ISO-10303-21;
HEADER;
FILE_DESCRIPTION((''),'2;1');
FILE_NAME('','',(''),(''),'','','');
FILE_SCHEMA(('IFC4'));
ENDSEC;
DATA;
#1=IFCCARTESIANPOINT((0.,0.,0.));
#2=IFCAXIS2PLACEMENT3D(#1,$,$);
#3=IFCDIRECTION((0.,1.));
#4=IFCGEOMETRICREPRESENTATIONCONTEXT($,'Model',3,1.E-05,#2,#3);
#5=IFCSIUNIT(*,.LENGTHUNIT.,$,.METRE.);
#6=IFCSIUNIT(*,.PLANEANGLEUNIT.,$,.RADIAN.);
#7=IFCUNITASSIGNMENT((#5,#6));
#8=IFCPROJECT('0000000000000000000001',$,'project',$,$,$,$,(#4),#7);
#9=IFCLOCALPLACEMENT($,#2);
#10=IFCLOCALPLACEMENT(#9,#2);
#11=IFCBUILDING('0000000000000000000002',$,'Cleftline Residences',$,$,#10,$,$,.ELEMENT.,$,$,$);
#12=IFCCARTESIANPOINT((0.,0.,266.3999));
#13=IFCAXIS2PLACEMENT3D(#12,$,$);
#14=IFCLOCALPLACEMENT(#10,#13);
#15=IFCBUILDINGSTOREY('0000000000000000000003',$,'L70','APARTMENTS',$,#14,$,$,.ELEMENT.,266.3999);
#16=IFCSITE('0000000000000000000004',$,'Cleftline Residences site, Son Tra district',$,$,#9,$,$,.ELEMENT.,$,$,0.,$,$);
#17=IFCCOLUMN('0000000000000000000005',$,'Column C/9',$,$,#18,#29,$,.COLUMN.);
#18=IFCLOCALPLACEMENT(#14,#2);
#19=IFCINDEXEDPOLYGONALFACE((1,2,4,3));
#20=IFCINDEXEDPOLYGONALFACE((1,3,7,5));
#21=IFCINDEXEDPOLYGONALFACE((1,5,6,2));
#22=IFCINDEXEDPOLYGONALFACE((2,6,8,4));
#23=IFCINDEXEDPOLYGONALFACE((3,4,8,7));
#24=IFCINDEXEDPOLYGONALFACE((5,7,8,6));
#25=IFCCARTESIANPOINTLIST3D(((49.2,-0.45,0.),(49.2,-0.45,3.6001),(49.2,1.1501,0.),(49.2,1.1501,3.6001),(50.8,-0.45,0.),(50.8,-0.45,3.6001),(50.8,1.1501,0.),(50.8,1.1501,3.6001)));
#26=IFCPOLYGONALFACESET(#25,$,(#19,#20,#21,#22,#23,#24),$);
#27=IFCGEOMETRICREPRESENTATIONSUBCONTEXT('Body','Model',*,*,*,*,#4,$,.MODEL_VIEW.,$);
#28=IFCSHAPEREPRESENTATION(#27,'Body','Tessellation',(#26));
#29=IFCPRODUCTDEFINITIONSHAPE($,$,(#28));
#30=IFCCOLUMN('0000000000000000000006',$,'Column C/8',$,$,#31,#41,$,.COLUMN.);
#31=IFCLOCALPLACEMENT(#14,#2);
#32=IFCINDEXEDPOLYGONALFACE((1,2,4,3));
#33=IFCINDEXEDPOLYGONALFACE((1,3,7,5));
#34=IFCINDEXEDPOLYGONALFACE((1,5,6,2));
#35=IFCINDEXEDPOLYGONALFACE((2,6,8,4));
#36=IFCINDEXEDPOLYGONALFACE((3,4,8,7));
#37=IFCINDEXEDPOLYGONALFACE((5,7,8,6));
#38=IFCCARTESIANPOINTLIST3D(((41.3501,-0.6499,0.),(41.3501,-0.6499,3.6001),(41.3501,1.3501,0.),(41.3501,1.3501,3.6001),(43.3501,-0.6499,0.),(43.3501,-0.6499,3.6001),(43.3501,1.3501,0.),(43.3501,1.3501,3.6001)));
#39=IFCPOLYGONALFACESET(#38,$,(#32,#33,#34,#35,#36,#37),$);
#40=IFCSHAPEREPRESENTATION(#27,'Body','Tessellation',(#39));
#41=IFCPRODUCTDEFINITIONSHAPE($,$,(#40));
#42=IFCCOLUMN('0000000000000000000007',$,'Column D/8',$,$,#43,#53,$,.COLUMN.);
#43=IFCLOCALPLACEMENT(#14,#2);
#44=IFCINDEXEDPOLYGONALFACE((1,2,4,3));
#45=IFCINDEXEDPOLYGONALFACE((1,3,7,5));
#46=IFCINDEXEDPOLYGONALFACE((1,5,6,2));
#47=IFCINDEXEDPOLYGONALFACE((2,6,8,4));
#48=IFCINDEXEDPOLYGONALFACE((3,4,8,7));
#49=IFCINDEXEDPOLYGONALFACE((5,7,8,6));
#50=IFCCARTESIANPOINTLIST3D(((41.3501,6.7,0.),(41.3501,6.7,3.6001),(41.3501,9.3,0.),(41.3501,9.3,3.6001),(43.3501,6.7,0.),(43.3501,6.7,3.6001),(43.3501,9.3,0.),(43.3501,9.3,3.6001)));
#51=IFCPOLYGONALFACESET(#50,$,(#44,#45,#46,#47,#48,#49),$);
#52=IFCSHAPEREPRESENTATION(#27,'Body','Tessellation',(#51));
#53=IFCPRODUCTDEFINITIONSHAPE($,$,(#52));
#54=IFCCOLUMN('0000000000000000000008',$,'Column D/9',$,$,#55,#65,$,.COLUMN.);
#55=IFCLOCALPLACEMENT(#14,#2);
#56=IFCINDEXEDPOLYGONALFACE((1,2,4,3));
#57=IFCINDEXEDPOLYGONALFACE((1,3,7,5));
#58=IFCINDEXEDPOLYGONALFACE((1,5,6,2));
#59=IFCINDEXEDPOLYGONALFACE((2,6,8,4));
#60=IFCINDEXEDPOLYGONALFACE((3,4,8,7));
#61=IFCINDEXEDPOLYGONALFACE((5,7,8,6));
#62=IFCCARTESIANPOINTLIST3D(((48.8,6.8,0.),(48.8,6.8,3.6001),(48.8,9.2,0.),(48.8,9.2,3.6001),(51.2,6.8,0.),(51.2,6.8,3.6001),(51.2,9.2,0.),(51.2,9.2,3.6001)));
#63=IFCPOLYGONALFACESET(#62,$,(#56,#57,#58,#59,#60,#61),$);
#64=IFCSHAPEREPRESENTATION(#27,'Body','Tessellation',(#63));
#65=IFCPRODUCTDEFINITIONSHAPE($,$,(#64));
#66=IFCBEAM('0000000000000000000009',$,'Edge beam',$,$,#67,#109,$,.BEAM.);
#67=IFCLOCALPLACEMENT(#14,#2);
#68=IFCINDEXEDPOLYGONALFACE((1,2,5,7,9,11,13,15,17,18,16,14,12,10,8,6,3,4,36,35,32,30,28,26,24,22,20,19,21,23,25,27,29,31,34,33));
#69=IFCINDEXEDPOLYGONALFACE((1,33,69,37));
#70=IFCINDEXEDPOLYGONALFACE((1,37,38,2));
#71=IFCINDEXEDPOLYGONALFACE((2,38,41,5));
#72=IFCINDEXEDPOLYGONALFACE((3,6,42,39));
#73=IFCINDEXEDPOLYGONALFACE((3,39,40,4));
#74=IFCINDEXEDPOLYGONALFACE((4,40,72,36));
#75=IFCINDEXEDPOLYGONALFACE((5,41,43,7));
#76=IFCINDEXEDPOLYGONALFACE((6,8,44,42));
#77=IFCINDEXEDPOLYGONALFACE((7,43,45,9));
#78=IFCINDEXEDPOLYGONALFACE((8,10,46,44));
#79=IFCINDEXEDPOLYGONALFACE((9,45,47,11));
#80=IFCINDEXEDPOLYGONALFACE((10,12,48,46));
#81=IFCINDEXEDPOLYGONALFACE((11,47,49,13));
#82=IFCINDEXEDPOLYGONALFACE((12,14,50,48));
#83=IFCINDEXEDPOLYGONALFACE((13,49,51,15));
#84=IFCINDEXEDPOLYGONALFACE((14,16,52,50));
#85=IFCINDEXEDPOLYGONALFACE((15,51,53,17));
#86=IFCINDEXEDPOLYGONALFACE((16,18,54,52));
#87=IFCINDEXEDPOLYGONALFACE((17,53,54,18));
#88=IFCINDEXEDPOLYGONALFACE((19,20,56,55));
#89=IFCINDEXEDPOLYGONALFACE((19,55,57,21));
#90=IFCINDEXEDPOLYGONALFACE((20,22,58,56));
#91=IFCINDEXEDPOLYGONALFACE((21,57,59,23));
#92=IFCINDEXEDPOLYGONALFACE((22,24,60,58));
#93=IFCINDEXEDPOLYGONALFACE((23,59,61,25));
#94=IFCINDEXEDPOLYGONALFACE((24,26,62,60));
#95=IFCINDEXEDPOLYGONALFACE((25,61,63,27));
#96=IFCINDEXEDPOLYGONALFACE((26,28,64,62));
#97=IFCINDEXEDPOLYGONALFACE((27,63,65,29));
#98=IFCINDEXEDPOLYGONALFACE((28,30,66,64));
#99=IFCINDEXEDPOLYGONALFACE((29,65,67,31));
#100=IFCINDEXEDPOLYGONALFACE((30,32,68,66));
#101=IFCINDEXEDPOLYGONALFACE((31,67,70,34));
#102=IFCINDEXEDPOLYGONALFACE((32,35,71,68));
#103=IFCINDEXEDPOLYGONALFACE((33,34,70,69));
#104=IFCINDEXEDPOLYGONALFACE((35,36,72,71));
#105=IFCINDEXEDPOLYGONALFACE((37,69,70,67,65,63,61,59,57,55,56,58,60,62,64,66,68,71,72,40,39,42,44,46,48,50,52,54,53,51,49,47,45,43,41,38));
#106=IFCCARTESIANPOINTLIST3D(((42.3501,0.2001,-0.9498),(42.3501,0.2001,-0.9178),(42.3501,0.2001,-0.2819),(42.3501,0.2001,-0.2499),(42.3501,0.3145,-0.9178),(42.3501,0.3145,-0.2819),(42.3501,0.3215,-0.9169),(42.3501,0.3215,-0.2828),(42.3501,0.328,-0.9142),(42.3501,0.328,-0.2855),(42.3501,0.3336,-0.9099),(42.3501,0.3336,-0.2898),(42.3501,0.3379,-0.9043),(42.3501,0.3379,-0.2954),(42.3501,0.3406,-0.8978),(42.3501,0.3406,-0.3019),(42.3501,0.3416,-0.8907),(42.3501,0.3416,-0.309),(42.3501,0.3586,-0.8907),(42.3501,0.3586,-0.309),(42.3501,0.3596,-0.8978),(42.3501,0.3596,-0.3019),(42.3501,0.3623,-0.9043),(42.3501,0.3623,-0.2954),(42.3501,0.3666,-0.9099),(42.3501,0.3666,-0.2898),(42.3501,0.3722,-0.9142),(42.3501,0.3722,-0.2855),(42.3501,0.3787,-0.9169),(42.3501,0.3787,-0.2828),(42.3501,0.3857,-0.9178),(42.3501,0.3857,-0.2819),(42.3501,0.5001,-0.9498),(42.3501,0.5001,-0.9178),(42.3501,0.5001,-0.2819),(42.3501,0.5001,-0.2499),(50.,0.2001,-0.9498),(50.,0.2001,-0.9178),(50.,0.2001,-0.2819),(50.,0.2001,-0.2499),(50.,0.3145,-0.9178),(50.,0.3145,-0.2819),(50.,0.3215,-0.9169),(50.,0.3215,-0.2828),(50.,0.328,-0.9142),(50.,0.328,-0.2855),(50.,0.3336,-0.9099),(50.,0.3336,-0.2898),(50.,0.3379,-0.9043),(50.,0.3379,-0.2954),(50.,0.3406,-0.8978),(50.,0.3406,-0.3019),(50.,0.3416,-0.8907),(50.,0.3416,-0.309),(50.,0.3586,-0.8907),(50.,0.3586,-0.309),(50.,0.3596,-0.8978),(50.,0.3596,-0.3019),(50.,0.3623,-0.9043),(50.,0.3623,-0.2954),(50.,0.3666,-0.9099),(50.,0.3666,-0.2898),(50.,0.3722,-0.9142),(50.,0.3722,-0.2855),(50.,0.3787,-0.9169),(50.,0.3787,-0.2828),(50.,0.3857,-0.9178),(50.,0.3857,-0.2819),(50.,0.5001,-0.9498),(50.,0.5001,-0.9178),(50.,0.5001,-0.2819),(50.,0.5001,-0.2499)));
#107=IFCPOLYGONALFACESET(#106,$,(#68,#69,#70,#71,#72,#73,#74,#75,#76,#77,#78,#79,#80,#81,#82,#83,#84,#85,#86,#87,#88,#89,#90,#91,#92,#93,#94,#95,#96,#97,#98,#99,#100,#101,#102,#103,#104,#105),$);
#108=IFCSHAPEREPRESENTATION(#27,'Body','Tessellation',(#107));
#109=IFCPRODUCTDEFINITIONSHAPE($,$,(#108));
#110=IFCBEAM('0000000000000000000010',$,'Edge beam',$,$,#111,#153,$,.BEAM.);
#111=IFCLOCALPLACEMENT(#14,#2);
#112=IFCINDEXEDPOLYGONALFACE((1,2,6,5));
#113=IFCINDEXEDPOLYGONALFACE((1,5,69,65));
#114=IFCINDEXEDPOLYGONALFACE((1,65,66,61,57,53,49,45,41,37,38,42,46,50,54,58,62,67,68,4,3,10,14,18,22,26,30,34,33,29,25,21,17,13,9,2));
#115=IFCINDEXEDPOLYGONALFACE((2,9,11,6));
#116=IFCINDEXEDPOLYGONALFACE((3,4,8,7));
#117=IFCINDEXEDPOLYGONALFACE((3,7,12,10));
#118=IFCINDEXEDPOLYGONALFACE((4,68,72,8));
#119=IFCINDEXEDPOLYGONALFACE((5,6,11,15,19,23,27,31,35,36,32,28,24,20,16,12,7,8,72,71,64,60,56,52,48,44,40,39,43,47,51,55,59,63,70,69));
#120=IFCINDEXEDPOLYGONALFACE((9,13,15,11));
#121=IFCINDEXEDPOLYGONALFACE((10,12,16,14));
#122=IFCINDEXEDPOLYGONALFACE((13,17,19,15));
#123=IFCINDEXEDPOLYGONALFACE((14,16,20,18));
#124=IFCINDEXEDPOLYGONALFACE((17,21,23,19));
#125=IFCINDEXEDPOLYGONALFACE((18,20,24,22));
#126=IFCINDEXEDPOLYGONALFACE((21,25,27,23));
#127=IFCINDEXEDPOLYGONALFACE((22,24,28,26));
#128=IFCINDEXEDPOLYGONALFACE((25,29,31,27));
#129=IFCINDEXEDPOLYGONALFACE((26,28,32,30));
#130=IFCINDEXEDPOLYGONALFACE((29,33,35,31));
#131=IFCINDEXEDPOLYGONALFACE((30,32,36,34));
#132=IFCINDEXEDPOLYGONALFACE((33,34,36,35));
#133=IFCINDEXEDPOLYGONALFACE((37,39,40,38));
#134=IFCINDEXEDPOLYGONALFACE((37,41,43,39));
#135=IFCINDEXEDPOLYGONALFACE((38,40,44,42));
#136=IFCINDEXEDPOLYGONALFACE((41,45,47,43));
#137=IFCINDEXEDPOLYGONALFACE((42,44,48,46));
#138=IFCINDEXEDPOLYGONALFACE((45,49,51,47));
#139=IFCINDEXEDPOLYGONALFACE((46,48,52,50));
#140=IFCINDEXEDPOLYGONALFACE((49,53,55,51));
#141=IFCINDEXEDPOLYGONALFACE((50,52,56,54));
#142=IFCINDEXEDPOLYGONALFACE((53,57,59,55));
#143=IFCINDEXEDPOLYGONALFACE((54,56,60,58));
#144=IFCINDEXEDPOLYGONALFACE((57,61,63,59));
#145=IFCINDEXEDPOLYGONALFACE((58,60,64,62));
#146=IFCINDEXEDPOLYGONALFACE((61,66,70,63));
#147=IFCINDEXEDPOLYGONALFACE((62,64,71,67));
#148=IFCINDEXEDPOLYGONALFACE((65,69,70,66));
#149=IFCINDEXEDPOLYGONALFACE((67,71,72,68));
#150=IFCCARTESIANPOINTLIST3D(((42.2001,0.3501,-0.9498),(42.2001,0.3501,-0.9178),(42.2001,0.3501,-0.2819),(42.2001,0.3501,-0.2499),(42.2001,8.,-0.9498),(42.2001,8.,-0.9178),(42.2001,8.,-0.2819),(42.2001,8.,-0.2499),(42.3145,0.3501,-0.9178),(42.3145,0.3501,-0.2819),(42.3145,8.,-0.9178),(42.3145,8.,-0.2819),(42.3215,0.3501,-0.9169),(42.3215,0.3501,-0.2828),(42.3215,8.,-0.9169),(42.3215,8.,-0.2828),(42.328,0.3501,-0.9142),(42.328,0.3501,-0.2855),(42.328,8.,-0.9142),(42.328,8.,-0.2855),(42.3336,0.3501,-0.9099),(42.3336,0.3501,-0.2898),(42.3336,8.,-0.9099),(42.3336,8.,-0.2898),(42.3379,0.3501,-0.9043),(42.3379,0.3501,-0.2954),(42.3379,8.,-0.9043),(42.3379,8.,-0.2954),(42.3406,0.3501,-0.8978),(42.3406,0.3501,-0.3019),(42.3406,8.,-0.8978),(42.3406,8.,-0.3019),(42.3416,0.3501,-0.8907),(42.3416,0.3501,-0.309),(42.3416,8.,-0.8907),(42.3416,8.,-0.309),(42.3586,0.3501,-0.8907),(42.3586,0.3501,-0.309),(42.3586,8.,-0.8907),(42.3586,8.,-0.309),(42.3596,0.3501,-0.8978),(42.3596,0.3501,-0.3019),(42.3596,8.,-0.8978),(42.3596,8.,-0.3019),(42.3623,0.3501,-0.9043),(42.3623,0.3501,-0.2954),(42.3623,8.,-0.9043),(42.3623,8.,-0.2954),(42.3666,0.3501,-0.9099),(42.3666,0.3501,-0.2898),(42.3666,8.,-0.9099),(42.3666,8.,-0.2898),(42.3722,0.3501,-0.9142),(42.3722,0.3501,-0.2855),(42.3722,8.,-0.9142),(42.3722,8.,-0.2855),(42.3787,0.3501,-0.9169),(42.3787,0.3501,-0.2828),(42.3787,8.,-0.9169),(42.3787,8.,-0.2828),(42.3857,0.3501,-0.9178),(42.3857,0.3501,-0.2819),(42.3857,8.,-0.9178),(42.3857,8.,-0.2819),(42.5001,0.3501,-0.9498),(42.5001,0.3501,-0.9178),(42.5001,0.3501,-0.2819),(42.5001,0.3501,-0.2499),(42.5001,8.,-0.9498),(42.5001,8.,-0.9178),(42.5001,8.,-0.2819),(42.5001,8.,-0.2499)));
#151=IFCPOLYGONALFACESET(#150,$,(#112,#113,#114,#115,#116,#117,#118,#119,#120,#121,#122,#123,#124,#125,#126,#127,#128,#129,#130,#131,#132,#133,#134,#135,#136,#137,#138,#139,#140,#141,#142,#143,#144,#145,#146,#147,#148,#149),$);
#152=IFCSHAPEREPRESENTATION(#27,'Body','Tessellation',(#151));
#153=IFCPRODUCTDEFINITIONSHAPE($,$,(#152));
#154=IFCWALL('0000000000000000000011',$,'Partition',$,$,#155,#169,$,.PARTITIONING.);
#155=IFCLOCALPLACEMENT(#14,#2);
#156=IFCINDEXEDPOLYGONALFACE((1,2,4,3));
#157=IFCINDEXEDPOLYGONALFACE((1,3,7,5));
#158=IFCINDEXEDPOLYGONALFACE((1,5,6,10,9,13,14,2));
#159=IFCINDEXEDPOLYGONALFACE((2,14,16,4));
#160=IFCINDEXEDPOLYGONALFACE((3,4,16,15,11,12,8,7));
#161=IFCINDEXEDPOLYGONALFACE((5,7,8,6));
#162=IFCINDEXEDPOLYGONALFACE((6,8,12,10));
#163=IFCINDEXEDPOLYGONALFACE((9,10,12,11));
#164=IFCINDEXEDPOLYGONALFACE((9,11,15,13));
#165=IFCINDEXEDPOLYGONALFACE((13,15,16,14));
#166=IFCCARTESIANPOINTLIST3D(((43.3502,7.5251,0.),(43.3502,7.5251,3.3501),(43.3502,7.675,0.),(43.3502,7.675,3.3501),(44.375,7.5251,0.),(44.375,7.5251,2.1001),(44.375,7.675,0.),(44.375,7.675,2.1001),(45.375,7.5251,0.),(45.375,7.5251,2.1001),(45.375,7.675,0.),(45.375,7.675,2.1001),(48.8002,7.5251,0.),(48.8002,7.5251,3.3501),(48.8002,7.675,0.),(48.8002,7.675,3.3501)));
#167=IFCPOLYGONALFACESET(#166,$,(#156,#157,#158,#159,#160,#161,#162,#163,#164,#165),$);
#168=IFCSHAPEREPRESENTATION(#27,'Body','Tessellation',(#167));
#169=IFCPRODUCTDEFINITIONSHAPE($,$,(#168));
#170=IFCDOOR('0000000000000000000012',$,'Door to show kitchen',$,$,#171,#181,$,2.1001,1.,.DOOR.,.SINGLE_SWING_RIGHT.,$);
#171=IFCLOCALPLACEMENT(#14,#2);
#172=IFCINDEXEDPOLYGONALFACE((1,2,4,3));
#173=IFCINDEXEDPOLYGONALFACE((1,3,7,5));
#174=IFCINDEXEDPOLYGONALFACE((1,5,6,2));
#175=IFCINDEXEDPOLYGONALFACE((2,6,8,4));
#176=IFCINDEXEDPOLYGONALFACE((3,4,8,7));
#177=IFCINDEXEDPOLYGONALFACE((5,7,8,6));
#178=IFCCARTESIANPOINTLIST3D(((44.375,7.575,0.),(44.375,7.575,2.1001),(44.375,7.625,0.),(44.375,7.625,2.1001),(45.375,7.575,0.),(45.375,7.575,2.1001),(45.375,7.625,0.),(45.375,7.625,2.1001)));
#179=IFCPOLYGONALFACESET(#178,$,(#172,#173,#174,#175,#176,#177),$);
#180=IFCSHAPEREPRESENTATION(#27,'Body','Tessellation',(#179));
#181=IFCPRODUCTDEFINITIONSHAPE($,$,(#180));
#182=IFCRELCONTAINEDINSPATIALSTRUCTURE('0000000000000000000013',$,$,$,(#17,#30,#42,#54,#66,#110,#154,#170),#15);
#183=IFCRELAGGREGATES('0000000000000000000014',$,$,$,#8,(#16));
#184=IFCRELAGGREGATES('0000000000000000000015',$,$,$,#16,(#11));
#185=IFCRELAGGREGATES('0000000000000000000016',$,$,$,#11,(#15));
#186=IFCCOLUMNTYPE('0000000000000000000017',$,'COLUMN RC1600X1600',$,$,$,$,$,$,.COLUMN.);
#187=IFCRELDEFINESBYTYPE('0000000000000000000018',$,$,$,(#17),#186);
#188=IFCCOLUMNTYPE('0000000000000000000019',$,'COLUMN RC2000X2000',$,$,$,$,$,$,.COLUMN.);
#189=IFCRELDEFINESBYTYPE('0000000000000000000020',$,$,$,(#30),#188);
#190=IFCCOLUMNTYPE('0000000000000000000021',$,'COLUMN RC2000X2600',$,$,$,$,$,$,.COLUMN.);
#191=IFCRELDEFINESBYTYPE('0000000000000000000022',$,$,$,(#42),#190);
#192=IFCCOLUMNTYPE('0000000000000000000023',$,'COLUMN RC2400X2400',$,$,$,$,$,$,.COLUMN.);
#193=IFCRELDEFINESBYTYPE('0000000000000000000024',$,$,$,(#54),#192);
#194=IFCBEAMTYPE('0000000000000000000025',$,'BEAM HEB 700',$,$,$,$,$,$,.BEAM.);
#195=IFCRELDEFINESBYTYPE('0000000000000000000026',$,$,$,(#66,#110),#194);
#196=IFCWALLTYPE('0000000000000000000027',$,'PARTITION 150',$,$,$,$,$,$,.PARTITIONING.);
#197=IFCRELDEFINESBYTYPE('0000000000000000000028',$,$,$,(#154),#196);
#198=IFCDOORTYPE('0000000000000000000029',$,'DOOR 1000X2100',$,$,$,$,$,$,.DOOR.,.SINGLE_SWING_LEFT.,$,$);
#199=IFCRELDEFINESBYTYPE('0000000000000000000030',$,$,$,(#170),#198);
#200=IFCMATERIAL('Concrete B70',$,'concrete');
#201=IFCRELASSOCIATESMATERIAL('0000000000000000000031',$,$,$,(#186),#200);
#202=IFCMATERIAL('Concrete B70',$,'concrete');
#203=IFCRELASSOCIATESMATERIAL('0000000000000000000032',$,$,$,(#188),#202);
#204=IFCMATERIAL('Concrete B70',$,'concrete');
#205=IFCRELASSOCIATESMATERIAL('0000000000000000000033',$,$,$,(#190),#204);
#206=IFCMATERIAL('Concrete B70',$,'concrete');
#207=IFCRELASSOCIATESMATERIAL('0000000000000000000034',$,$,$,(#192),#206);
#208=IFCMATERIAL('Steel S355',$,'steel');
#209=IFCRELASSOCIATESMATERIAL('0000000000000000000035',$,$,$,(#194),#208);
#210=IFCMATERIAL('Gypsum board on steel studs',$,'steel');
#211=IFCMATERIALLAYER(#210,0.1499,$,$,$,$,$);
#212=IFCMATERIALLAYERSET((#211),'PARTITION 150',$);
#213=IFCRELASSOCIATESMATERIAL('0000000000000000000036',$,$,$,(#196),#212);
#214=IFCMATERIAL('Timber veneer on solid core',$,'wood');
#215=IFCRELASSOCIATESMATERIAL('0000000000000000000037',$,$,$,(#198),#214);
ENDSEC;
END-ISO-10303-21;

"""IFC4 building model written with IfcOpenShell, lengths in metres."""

from ifc_helpers import new_model, si_unit, direction, frame, frame_2d, origin, origin_2d, place, context, subcontext, project, spatial, rectangle, i_section, extrude, material, layer, layer_set, material_profile, profile_set, type_object, element, fill, save


model = new_model("IFC4")

# Units and contexts
model_context = context("Model", 3, precision=1e-05, world=origin(), true_north=direction((0.0, 1.0)))
body_context = subcontext(model_context, "Body", "Model", "MODEL_VIEW")
ifc_project = project(units=[si_unit("LENGTHUNIT", "METRE"), si_unit("PLANEANGLEUNIT", "RADIAN")], contexts=[model_context])

# Site, building, storey
site_placement = place(None, origin())
site = spatial("IfcSite", under=ifc_project, at=site_placement, Name="Cleftline Residences site, Son Tra district", CompositionType="ELEMENT", RefElevation=0.0)
building_placement = place(site_placement, origin())
building = spatial("IfcBuilding", under=site, at=building_placement, Name="Cleftline Residences", CompositionType="ELEMENT")
storey_placement = place(building_placement, frame((0.0, 0.0, 266.3999)))
storey = spatial("IfcBuildingStorey", under=building, at=storey_placement, Name="L70", Description="APARTMENTS", CompositionType="ELEMENT", Elevation=266.3999)

# Columns
ifc_material_1 = material(Name="Concrete B70", Category="concrete")
ifc_material_profile_1 = material_profile(ifc_material_1, rectangle(XDim=1.6001, YDim=1.6001, at=origin_2d()))
ifc_profile_set_1 = profile_set([ifc_material_profile_1], Name="Concrete B70")
column_type_1 = type_object("IfcColumnType", Name="COLUMN RC1600X1600", PredefinedType="COLUMN", material=ifc_profile_set_1)
column_1_placement = place(storey_placement, frame((50.0, 0.3501, 0.0), z_axis=(0.0, 0.0, 1.0), x_axis=(1.0, 0.0, 0.0)))
element("IfcColumn", 1, at=column_1_placement, inside=storey, type_object=column_type_1, Name="Column C/9", PredefinedType="COLUMN", context=body_context, shape_type="SweptSolid", body=[
    extrude(rectangle(XDim=1.6001, YDim=1.6001, at=origin_2d()), origin(), (0.0, 0.0, 1.0), 3.6001),
])
ifc_material_2 = material(Name="Concrete B70", Category="concrete")
ifc_material_profile_2 = material_profile(ifc_material_2, rectangle(XDim=2.0, YDim=2.0, at=origin_2d()))
ifc_profile_set_2 = profile_set([ifc_material_profile_2], Name="Concrete B70")
column_type_2 = type_object("IfcColumnType", Name="COLUMN RC2000X2000", PredefinedType="COLUMN", material=ifc_profile_set_2)
column_2_placement = place(storey_placement, frame((42.3501, 0.3501, 0.0), z_axis=(0.0, 0.0, 1.0), x_axis=(1.0, 0.0, 0.0)))
element("IfcColumn", 2, at=column_2_placement, inside=storey, type_object=column_type_2, Name="Column C/8", PredefinedType="COLUMN", context=body_context, shape_type="SweptSolid", body=[
    extrude(rectangle(XDim=2.0, YDim=2.0, at=origin_2d()), origin(), (0.0, 0.0, 1.0), 3.6001),
])
ifc_material_3 = material(Name="Concrete B70", Category="concrete")
ifc_material_profile_3 = material_profile(ifc_material_3, rectangle(XDim=2.0, YDim=2.6001, at=origin_2d()))
ifc_profile_set_3 = profile_set([ifc_material_profile_3], Name="Concrete B70")
column_type_3 = type_object("IfcColumnType", Name="COLUMN RC2000X2600", PredefinedType="COLUMN", material=ifc_profile_set_3)
column_3_placement = place(storey_placement, frame((42.3501, 8.0, 0.0), z_axis=(0.0, 0.0, 1.0), x_axis=(1.0, 0.0, 0.0)))
element("IfcColumn", 3, at=column_3_placement, inside=storey, type_object=column_type_3, Name="Column D/8", PredefinedType="COLUMN", context=body_context, shape_type="SweptSolid", body=[
    extrude(rectangle(XDim=2.0, YDim=2.6001, at=origin_2d()), origin(), (0.0, 0.0, 1.0), 3.6001),
])
ifc_material_4 = material(Name="Concrete B70", Category="concrete")
ifc_material_profile_4 = material_profile(ifc_material_4, rectangle(XDim=2.3999, YDim=2.3999, at=origin_2d()))
ifc_profile_set_4 = profile_set([ifc_material_profile_4], Name="Concrete B70")
column_type_4 = type_object("IfcColumnType", Name="COLUMN RC2400X2400", PredefinedType="COLUMN", material=ifc_profile_set_4)
column_4_placement = place(storey_placement, frame((50.0, 8.0, 0.0), z_axis=(0.0, 0.0, 1.0), x_axis=(1.0, 0.0, 0.0)))
element("IfcColumn", 4, at=column_4_placement, inside=storey, type_object=column_type_4, Name="Column D/9", PredefinedType="COLUMN", context=body_context, shape_type="SweptSolid", body=[
    extrude(rectangle(XDim=2.3999, YDim=2.3999, at=origin_2d()), origin(), (0.0, 0.0, 1.0), 3.6001),
])

# Beams
ifc_material_5 = material(Name="Steel S355", Category="steel")
ifc_material_profile_5 = material_profile(ifc_material_5, i_section(OverallWidth=0.3, OverallDepth=0.7, WebThickness=0.0171, FlangeThickness=0.032, FilletRadius=0.0271, at=origin_2d()))
ifc_profile_set_5 = profile_set([ifc_material_profile_5], Name="Steel S355")
beam_type = type_object("IfcBeamType", Name="BEAM HEB 700", PredefinedType="BEAM", material=ifc_profile_set_5)
for number, where, z_axis, x_axis, name in (
    (5, (50.0, 0.3501, -0.5999), (-1.0, 0.0, 0.0), (0.0, -1.0, 0.0), "Edge beam"),
    (6, (42.3501, 0.3501, -0.5999), (0.0, 1.0, 0.0), (-1.0, 0.0, 0.0), "Edge beam"),
):
    element("IfcBeam", number, at=place(storey_placement, frame(where, z_axis=z_axis, x_axis=x_axis)), inside=storey, type_object=beam_type, Name=name, PredefinedType="BEAM", context=body_context, shape_type="SweptSolid", body=[
        extrude(i_section(OverallWidth=0.3, OverallDepth=0.7, WebThickness=0.0171, FlangeThickness=0.032, FilletRadius=0.0271, at=origin_2d()), origin(), (0.0, 0.0, 1.0), 7.6499),
    ])

# Wall, opening, door
ifc_material_6 = material(Name="Gypsum board on steel studs", Category="steel")
ifc_layer_1 = layer(ifc_material_6, 0.1499)
ifc_layer_set_1 = layer_set([ifc_layer_1], Name="PARTITION 150")
wall_type_1 = type_object("IfcWallType", Name="PARTITION 150", PredefinedType="PARTITIONING", material=ifc_layer_set_1)
wall_1_placement = place(storey_placement, frame((43.3501, 7.6001, 0.0), z_axis=(0.0, 0.0, 1.0), x_axis=(1.0, 0.0, 0.0)))
wall_1 = element("IfcWall", 7, at=wall_1_placement, inside=storey, type_object=wall_type_1, Name="Partition", PredefinedType="PARTITIONING", context=body_context, shape_type="SweptSolid", body=[
    extrude(rectangle(XDim=5.45, YDim=0.1499, at=frame_2d((2.7251, 0.0))), origin(), (0.0, 0.0, 1.0), 3.3501),
])
opening_1_placement = place(wall_1_placement, frame((1.0249, 0.0, 0.0)))
opening_1 = element("IfcOpeningElement", 8, at=opening_1_placement, cuts=wall_1, PredefinedType="OPENING", context=body_context, shape_type="SweptSolid", body=[
    extrude(rectangle(XDim=1.0, YDim=2.1001, at=frame_2d((0.5, 1.05))), frame((0.0, 0.085, 0.0), z_axis=(0.0, -1.0, 0.0), x_axis=(1.0, 0.0, 0.0)), (0.0, 0.0, 1.0), 0.1699),
])
ifc_material_7 = material(Name="Timber veneer on solid core", Category="wood")
door_type_1 = type_object("IfcDoorType", Name="DOOR 1000X2100", OperationType="SINGLE_SWING_LEFT", PredefinedType="DOOR", material=ifc_material_7)
door_1_placement = place(opening_1_placement, origin())
door_1 = element("IfcDoor", 9, at=door_1_placement, inside=storey, type_object=door_type_1, Name="Door to show kitchen", OperationType="SINGLE_SWING_RIGHT", OverallHeight=2.1001, OverallWidth=1.0, PredefinedType="DOOR", context=body_context, shape_type="SweptSolid", body=[
    extrude(rectangle(XDim=1.0, YDim=2.1001, at=frame_2d((0.5, 1.05))), frame((0.0, 0.0249, 0.0), z_axis=(0.0, -1.0, 0.0), x_axis=(1.0, 0.0, 0.0)), (0.0, 0.0, 1.0), 0.05),
])
fill(opening_1, door_1)

save(model, "model.ifc")
